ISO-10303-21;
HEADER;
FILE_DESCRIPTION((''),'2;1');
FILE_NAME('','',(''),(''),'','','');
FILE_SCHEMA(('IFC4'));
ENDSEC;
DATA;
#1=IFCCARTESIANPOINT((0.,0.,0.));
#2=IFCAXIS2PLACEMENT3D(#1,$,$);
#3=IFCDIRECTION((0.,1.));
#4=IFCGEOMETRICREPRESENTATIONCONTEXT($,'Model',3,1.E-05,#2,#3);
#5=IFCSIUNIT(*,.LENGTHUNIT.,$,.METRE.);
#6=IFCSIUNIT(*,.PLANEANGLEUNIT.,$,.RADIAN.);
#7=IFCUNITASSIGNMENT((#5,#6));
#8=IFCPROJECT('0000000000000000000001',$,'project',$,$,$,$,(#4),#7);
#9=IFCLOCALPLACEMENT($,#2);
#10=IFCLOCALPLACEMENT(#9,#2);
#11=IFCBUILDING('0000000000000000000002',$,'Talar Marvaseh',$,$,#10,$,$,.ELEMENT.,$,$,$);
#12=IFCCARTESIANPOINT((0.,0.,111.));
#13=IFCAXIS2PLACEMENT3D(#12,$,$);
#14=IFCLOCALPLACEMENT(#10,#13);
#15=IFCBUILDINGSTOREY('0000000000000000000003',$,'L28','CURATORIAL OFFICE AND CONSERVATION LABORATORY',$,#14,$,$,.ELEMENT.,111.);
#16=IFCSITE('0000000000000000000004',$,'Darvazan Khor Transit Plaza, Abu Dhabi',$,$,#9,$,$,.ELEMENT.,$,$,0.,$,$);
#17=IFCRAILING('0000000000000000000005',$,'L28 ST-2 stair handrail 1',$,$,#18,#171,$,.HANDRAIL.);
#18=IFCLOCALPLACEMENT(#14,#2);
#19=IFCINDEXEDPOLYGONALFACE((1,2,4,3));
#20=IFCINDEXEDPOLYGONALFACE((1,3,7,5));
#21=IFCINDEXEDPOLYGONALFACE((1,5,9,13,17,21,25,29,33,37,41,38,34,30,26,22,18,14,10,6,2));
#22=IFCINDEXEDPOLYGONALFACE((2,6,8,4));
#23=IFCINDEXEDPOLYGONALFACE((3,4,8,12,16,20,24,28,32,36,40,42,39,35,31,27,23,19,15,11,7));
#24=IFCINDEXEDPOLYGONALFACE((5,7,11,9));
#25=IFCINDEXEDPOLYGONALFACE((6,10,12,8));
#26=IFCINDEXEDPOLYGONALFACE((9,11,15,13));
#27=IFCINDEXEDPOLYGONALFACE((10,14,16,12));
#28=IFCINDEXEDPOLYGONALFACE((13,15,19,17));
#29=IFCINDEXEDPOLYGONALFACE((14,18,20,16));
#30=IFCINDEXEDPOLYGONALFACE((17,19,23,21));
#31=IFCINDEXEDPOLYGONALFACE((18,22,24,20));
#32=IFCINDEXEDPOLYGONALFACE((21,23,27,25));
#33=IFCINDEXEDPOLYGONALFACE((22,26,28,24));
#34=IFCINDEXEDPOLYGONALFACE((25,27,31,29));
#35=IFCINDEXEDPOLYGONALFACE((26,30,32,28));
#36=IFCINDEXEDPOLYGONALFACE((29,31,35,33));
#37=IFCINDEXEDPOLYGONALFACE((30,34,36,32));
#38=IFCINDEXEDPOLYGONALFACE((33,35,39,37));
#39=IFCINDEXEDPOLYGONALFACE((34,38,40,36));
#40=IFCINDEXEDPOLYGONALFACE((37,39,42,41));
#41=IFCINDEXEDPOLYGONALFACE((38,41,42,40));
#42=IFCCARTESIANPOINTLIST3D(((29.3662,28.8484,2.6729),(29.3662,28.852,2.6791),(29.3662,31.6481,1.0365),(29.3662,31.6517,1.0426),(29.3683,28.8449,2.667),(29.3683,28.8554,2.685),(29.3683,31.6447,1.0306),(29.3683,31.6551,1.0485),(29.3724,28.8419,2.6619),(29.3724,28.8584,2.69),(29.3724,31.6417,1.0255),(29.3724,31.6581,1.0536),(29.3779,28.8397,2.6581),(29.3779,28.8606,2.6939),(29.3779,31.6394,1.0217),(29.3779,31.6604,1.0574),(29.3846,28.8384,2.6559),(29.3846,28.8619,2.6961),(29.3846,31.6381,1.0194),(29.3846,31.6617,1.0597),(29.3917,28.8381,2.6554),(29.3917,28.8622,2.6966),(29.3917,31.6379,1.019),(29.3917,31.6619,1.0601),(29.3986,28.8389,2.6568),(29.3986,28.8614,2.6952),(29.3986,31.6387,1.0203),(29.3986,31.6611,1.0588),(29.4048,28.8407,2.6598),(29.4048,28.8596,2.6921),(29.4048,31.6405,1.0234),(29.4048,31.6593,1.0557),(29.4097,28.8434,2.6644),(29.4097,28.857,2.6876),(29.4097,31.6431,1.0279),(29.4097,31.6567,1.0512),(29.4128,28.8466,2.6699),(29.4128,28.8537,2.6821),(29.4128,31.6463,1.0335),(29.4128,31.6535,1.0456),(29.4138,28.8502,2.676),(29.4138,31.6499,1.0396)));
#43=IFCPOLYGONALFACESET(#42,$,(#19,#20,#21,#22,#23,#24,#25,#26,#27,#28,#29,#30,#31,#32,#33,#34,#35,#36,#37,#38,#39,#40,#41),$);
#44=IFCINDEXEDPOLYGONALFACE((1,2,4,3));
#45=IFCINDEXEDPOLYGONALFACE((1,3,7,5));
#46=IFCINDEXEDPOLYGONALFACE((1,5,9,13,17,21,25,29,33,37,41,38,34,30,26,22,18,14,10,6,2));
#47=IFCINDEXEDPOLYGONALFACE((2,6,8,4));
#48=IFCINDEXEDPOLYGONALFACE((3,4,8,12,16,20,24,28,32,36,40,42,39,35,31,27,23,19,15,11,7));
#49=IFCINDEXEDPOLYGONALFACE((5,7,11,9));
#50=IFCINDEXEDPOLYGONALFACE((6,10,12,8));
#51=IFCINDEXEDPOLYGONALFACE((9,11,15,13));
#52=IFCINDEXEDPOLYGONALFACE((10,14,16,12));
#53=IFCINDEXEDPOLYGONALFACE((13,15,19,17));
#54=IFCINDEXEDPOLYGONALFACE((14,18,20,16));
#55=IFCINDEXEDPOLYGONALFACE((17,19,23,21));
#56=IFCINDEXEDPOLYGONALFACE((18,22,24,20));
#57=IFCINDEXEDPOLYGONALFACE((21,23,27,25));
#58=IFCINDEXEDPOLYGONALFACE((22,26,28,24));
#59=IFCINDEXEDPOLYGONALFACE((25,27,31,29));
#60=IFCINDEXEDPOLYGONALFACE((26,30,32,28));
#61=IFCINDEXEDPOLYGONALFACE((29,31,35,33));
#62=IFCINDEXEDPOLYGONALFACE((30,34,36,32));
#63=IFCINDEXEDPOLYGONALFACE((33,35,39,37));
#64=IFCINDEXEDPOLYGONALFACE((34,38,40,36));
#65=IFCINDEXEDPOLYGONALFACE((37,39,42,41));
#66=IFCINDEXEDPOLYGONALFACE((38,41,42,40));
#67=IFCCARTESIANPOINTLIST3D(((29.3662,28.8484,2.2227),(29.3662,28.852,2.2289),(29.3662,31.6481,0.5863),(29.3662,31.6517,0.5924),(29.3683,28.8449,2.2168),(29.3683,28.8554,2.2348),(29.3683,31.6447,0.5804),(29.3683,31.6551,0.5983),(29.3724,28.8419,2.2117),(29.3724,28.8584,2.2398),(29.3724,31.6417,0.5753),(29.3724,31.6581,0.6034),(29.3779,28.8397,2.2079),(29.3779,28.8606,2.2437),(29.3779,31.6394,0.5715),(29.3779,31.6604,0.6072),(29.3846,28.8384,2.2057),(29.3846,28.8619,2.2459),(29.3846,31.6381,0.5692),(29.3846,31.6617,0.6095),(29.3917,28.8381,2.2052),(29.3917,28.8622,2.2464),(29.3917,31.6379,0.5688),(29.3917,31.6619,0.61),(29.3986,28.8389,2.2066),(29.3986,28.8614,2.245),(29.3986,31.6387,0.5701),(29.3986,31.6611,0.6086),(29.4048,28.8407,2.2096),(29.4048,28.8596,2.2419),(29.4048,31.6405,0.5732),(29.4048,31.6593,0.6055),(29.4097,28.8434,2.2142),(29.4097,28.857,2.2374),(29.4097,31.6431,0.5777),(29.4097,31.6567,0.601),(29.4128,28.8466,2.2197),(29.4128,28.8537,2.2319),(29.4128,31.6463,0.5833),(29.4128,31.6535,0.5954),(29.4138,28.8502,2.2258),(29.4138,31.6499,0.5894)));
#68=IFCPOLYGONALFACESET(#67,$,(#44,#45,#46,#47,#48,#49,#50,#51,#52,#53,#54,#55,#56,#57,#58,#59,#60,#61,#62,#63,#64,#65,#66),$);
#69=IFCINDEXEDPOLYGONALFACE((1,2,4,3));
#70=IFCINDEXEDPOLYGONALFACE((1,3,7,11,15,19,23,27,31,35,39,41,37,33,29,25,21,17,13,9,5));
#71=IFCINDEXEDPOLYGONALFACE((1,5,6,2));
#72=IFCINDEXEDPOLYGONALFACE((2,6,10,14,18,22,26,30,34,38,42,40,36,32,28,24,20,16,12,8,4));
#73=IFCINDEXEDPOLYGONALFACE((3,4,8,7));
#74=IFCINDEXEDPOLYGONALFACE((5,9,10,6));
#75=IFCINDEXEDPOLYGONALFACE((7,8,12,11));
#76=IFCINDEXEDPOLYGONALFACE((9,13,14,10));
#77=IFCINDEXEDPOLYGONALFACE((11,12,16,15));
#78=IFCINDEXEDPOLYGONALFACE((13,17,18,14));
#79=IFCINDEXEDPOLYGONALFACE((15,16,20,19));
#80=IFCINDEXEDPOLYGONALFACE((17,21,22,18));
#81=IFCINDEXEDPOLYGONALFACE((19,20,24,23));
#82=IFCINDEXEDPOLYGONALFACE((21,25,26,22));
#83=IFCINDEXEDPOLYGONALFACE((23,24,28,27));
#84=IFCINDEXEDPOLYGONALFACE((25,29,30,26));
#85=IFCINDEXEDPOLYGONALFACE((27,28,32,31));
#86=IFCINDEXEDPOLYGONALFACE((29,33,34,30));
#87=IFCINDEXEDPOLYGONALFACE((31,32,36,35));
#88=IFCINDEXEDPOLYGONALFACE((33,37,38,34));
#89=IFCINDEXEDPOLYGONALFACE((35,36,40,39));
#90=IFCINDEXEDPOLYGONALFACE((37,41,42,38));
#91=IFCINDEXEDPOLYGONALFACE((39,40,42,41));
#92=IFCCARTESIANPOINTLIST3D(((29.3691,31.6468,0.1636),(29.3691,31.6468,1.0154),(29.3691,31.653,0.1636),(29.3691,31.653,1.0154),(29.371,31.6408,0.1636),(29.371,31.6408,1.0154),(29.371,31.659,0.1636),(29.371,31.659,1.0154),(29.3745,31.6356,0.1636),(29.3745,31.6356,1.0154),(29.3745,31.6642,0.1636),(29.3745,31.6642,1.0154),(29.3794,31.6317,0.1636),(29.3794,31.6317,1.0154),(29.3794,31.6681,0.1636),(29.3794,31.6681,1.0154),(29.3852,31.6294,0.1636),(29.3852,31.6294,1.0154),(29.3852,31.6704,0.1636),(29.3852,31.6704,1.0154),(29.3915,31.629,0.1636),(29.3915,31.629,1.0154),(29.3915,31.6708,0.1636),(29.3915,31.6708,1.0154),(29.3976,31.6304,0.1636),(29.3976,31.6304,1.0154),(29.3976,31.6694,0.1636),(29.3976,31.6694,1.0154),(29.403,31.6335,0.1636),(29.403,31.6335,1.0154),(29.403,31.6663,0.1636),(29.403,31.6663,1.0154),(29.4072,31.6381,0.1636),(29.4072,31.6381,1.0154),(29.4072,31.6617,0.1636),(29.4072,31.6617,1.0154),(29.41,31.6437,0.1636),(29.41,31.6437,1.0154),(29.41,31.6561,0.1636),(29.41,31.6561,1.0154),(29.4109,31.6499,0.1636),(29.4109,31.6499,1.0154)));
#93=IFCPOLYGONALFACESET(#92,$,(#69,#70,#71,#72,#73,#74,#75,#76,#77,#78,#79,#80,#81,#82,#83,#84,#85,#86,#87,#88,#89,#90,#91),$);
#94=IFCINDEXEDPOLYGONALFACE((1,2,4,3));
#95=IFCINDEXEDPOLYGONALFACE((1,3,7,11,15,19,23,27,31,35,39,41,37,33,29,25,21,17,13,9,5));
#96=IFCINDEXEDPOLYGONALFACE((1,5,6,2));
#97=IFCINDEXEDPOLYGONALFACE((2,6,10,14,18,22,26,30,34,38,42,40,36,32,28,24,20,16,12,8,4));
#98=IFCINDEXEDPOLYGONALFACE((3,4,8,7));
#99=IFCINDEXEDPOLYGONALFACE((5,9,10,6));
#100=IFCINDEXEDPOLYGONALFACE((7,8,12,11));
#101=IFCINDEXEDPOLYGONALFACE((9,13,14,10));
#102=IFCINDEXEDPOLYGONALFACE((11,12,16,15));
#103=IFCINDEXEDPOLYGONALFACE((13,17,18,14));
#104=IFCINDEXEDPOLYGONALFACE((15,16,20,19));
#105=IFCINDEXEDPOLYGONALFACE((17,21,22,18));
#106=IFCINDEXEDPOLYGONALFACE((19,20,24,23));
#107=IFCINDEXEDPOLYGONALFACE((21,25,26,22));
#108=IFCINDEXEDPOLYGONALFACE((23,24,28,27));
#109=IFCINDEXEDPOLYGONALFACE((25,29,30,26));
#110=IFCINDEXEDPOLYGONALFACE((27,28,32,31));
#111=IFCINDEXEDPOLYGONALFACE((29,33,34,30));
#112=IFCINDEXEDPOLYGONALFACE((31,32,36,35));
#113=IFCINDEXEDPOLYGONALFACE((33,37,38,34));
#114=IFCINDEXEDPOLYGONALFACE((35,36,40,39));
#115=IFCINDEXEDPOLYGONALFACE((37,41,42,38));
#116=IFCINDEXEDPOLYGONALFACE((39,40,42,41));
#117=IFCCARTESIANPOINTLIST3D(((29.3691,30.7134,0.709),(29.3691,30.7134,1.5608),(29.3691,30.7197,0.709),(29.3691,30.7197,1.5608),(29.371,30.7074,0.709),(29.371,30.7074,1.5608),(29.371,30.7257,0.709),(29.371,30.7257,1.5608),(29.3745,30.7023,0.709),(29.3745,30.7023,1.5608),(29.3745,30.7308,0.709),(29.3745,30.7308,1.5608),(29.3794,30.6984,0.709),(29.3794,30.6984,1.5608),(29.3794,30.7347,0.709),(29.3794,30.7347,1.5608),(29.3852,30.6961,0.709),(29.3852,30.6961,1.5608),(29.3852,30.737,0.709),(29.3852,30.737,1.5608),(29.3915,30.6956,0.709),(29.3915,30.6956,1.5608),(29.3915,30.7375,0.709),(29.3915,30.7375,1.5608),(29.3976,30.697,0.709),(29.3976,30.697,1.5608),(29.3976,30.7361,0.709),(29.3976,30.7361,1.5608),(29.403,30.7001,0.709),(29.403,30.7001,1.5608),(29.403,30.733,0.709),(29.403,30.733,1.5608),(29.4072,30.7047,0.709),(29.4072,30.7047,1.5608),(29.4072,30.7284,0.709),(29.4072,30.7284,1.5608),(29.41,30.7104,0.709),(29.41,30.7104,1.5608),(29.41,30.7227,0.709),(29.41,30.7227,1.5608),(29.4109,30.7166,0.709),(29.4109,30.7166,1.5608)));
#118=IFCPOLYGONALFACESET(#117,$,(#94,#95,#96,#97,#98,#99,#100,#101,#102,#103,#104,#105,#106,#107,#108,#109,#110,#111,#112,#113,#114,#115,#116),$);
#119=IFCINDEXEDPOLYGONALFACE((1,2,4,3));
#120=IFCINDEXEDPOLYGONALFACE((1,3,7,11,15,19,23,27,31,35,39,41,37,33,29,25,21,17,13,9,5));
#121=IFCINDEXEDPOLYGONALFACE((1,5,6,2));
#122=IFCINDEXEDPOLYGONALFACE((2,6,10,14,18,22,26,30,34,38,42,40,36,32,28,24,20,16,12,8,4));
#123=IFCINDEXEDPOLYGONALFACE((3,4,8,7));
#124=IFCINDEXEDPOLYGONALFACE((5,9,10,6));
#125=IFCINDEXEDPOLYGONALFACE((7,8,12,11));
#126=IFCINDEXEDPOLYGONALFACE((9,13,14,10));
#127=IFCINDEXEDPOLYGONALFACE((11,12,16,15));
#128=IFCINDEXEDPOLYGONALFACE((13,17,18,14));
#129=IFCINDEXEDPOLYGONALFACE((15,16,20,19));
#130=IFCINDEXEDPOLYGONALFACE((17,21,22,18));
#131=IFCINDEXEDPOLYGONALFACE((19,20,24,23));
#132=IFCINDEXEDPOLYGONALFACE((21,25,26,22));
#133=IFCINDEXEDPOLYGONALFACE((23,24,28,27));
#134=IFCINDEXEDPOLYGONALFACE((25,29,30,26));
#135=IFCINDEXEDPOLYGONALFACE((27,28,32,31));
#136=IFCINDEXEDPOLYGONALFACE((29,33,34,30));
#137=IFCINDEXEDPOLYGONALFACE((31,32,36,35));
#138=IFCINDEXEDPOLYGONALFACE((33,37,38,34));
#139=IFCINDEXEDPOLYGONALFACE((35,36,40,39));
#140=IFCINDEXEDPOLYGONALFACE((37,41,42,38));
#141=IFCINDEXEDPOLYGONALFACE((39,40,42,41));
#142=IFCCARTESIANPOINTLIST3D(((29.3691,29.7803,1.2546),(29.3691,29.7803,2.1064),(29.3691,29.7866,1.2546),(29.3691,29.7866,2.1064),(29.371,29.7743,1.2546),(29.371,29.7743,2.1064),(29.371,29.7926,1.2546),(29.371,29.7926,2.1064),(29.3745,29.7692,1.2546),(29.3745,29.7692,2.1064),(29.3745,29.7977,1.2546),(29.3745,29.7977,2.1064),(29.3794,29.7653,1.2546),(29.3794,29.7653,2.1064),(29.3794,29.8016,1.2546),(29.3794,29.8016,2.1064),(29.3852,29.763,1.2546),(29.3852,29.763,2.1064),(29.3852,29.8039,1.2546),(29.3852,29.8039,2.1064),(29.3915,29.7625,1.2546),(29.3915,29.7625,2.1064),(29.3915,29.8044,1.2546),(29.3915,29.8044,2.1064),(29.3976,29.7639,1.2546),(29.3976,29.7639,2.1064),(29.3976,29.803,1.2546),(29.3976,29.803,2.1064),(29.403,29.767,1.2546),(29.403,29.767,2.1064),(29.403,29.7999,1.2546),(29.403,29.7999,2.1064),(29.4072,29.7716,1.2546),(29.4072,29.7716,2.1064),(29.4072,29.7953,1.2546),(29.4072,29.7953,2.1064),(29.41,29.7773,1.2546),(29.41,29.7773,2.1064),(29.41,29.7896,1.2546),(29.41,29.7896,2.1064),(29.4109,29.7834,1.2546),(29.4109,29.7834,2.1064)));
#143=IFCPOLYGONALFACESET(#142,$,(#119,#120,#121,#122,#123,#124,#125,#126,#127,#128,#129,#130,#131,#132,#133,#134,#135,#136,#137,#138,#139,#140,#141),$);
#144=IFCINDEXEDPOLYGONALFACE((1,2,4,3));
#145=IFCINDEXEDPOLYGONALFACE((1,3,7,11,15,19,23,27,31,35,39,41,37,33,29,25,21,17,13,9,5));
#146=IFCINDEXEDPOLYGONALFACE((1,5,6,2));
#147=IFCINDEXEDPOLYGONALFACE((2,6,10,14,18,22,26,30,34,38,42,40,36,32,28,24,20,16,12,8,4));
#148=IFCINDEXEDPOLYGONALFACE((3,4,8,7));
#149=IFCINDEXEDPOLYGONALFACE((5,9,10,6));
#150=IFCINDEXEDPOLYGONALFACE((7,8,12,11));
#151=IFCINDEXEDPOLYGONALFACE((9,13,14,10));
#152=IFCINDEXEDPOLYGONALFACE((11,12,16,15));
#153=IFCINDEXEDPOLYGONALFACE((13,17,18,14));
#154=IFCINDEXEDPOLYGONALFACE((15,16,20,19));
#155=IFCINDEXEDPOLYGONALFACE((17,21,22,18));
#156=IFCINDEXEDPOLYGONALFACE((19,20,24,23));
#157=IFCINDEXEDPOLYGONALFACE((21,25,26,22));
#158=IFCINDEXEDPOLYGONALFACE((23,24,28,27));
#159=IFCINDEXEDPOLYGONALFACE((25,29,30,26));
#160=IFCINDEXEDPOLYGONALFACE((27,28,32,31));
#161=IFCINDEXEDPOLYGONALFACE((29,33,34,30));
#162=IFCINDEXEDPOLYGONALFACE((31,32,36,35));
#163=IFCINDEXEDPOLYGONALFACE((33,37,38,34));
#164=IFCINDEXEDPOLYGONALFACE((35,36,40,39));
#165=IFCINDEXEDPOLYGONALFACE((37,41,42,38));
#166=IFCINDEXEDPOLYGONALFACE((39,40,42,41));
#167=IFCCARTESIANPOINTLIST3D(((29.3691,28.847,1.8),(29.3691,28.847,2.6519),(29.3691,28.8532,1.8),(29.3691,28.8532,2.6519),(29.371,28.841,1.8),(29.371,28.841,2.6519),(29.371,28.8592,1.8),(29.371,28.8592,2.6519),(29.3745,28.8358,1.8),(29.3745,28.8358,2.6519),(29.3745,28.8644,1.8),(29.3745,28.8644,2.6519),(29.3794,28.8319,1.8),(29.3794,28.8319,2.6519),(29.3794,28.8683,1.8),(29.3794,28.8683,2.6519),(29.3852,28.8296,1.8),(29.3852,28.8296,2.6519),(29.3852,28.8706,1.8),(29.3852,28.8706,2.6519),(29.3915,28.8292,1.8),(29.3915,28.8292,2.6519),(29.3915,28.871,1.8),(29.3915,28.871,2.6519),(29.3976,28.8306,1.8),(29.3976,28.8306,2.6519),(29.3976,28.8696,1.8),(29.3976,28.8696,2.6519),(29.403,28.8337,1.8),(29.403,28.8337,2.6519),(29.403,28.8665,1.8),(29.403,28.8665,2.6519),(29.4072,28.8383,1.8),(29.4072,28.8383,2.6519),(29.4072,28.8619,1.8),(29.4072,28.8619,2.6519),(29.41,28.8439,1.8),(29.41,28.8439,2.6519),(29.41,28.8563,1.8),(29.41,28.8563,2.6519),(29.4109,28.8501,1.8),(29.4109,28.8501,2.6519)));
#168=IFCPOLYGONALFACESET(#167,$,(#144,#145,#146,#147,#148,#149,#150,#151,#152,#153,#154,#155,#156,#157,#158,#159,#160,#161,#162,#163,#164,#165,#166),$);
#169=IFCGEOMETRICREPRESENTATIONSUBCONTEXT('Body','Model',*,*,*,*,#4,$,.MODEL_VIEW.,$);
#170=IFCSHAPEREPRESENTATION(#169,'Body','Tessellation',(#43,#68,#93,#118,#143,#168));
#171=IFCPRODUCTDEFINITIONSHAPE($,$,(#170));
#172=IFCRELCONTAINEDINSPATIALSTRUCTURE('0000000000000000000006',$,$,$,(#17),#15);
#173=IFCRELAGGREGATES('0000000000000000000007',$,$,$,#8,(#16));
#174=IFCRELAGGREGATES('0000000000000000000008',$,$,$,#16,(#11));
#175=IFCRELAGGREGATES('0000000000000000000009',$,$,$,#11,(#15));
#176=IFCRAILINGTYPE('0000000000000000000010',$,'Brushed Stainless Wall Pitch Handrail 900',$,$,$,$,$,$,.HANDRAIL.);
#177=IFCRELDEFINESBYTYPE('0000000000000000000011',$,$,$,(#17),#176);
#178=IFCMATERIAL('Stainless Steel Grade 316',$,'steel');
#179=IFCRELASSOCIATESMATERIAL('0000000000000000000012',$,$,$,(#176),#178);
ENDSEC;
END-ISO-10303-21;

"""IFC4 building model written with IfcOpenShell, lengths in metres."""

from ifc_helpers import new_model, si_unit, direction, frame, origin, origin_2d, place, context, subcontext, project, spatial, circle, extrude, material, type_object, element, save


model = new_model("IFC4")

# Units and contexts
model_context = context("Model", 3, precision=1e-05, world=origin(), true_north=direction((0.0, 1.0)))
body_context = subcontext(model_context, "Body", "Model", "MODEL_VIEW")
ifc_project = project(units=[si_unit("LENGTHUNIT", "METRE"), si_unit("PLANEANGLEUNIT", "RADIAN")], contexts=[model_context])

# Site, building, storey
site_placement = place(None, origin())
site = spatial("IfcSite", under=ifc_project, at=site_placement, Name="Darvazan Khor Transit Plaza, Abu Dhabi", CompositionType="ELEMENT", RefElevation=0.0)
building_placement = place(site_placement, origin())
building = spatial("IfcBuilding", under=site, at=building_placement, Name="Talar Marvaseh", CompositionType="ELEMENT")
storey_placement = place(building_placement, frame((0.0, 0.0, 111.0)))
storey = spatial("IfcBuildingStorey", under=building, at=storey_placement, Name="L28", Description="CURATORIAL OFFICE AND CONSERVATION LABORATORY", CompositionType="ELEMENT", Elevation=111.0)

# Shared definitions
ifc_material_1 = material(Name="Stainless Steel Grade 316", Category="steel")

# Railing
railing_type_1 = type_object("IfcRailingType", Name="Brushed Stainless Wall Pitch Handrail 900", PredefinedType="HANDRAIL", material=ifc_material_1)
railing_1_placement = place(storey_placement, frame((29.3899, 31.6499, 0.1636)))
element("IfcRailing", 1, at=railing_1_placement, inside=storey, type_object=railing_type_1, Name="L28 ST-2 stair handrail 1", PredefinedType="HANDRAIL", context=body_context, shape_type="SweptSolid", body=[
    extrude(circle(Radius=0.0239, at=origin_2d()), frame((0.0, 0.0, 0.876), z_axis=(0.0, -0.863342, 0.50462), x_axis=(1.0, 0.0, 0.0)), (0.0, 0.0, 1.0), 3.2429),
    extrude(circle(Radius=0.0239, at=origin_2d()), frame((0.0, 0.0, 0.4258), z_axis=(0.0, -0.863342, 0.50462), x_axis=(1.0, 0.0, 0.0)), (0.0, 0.0, 1.0), 3.2429),
    extrude(circle(Radius=0.021, at=origin_2d()), origin(), (0.0, 0.0, 1.0), 0.8518),
    extrude(circle(Radius=0.021, at=origin_2d()), frame((0.0, -0.9333, 0.5454)), (0.0, 0.0, 1.0), 0.8518),
    extrude(circle(Radius=0.021, at=origin_2d()), frame((0.0, -1.8665, 1.0911)), (0.0, 0.0, 1.0), 0.8518),
    extrude(circle(Radius=0.021, at=origin_2d()), frame((0.0, -2.7998, 1.6365)), (0.0, 0.0, 1.0), 0.8518),
])

save(model, "model.ifc")
